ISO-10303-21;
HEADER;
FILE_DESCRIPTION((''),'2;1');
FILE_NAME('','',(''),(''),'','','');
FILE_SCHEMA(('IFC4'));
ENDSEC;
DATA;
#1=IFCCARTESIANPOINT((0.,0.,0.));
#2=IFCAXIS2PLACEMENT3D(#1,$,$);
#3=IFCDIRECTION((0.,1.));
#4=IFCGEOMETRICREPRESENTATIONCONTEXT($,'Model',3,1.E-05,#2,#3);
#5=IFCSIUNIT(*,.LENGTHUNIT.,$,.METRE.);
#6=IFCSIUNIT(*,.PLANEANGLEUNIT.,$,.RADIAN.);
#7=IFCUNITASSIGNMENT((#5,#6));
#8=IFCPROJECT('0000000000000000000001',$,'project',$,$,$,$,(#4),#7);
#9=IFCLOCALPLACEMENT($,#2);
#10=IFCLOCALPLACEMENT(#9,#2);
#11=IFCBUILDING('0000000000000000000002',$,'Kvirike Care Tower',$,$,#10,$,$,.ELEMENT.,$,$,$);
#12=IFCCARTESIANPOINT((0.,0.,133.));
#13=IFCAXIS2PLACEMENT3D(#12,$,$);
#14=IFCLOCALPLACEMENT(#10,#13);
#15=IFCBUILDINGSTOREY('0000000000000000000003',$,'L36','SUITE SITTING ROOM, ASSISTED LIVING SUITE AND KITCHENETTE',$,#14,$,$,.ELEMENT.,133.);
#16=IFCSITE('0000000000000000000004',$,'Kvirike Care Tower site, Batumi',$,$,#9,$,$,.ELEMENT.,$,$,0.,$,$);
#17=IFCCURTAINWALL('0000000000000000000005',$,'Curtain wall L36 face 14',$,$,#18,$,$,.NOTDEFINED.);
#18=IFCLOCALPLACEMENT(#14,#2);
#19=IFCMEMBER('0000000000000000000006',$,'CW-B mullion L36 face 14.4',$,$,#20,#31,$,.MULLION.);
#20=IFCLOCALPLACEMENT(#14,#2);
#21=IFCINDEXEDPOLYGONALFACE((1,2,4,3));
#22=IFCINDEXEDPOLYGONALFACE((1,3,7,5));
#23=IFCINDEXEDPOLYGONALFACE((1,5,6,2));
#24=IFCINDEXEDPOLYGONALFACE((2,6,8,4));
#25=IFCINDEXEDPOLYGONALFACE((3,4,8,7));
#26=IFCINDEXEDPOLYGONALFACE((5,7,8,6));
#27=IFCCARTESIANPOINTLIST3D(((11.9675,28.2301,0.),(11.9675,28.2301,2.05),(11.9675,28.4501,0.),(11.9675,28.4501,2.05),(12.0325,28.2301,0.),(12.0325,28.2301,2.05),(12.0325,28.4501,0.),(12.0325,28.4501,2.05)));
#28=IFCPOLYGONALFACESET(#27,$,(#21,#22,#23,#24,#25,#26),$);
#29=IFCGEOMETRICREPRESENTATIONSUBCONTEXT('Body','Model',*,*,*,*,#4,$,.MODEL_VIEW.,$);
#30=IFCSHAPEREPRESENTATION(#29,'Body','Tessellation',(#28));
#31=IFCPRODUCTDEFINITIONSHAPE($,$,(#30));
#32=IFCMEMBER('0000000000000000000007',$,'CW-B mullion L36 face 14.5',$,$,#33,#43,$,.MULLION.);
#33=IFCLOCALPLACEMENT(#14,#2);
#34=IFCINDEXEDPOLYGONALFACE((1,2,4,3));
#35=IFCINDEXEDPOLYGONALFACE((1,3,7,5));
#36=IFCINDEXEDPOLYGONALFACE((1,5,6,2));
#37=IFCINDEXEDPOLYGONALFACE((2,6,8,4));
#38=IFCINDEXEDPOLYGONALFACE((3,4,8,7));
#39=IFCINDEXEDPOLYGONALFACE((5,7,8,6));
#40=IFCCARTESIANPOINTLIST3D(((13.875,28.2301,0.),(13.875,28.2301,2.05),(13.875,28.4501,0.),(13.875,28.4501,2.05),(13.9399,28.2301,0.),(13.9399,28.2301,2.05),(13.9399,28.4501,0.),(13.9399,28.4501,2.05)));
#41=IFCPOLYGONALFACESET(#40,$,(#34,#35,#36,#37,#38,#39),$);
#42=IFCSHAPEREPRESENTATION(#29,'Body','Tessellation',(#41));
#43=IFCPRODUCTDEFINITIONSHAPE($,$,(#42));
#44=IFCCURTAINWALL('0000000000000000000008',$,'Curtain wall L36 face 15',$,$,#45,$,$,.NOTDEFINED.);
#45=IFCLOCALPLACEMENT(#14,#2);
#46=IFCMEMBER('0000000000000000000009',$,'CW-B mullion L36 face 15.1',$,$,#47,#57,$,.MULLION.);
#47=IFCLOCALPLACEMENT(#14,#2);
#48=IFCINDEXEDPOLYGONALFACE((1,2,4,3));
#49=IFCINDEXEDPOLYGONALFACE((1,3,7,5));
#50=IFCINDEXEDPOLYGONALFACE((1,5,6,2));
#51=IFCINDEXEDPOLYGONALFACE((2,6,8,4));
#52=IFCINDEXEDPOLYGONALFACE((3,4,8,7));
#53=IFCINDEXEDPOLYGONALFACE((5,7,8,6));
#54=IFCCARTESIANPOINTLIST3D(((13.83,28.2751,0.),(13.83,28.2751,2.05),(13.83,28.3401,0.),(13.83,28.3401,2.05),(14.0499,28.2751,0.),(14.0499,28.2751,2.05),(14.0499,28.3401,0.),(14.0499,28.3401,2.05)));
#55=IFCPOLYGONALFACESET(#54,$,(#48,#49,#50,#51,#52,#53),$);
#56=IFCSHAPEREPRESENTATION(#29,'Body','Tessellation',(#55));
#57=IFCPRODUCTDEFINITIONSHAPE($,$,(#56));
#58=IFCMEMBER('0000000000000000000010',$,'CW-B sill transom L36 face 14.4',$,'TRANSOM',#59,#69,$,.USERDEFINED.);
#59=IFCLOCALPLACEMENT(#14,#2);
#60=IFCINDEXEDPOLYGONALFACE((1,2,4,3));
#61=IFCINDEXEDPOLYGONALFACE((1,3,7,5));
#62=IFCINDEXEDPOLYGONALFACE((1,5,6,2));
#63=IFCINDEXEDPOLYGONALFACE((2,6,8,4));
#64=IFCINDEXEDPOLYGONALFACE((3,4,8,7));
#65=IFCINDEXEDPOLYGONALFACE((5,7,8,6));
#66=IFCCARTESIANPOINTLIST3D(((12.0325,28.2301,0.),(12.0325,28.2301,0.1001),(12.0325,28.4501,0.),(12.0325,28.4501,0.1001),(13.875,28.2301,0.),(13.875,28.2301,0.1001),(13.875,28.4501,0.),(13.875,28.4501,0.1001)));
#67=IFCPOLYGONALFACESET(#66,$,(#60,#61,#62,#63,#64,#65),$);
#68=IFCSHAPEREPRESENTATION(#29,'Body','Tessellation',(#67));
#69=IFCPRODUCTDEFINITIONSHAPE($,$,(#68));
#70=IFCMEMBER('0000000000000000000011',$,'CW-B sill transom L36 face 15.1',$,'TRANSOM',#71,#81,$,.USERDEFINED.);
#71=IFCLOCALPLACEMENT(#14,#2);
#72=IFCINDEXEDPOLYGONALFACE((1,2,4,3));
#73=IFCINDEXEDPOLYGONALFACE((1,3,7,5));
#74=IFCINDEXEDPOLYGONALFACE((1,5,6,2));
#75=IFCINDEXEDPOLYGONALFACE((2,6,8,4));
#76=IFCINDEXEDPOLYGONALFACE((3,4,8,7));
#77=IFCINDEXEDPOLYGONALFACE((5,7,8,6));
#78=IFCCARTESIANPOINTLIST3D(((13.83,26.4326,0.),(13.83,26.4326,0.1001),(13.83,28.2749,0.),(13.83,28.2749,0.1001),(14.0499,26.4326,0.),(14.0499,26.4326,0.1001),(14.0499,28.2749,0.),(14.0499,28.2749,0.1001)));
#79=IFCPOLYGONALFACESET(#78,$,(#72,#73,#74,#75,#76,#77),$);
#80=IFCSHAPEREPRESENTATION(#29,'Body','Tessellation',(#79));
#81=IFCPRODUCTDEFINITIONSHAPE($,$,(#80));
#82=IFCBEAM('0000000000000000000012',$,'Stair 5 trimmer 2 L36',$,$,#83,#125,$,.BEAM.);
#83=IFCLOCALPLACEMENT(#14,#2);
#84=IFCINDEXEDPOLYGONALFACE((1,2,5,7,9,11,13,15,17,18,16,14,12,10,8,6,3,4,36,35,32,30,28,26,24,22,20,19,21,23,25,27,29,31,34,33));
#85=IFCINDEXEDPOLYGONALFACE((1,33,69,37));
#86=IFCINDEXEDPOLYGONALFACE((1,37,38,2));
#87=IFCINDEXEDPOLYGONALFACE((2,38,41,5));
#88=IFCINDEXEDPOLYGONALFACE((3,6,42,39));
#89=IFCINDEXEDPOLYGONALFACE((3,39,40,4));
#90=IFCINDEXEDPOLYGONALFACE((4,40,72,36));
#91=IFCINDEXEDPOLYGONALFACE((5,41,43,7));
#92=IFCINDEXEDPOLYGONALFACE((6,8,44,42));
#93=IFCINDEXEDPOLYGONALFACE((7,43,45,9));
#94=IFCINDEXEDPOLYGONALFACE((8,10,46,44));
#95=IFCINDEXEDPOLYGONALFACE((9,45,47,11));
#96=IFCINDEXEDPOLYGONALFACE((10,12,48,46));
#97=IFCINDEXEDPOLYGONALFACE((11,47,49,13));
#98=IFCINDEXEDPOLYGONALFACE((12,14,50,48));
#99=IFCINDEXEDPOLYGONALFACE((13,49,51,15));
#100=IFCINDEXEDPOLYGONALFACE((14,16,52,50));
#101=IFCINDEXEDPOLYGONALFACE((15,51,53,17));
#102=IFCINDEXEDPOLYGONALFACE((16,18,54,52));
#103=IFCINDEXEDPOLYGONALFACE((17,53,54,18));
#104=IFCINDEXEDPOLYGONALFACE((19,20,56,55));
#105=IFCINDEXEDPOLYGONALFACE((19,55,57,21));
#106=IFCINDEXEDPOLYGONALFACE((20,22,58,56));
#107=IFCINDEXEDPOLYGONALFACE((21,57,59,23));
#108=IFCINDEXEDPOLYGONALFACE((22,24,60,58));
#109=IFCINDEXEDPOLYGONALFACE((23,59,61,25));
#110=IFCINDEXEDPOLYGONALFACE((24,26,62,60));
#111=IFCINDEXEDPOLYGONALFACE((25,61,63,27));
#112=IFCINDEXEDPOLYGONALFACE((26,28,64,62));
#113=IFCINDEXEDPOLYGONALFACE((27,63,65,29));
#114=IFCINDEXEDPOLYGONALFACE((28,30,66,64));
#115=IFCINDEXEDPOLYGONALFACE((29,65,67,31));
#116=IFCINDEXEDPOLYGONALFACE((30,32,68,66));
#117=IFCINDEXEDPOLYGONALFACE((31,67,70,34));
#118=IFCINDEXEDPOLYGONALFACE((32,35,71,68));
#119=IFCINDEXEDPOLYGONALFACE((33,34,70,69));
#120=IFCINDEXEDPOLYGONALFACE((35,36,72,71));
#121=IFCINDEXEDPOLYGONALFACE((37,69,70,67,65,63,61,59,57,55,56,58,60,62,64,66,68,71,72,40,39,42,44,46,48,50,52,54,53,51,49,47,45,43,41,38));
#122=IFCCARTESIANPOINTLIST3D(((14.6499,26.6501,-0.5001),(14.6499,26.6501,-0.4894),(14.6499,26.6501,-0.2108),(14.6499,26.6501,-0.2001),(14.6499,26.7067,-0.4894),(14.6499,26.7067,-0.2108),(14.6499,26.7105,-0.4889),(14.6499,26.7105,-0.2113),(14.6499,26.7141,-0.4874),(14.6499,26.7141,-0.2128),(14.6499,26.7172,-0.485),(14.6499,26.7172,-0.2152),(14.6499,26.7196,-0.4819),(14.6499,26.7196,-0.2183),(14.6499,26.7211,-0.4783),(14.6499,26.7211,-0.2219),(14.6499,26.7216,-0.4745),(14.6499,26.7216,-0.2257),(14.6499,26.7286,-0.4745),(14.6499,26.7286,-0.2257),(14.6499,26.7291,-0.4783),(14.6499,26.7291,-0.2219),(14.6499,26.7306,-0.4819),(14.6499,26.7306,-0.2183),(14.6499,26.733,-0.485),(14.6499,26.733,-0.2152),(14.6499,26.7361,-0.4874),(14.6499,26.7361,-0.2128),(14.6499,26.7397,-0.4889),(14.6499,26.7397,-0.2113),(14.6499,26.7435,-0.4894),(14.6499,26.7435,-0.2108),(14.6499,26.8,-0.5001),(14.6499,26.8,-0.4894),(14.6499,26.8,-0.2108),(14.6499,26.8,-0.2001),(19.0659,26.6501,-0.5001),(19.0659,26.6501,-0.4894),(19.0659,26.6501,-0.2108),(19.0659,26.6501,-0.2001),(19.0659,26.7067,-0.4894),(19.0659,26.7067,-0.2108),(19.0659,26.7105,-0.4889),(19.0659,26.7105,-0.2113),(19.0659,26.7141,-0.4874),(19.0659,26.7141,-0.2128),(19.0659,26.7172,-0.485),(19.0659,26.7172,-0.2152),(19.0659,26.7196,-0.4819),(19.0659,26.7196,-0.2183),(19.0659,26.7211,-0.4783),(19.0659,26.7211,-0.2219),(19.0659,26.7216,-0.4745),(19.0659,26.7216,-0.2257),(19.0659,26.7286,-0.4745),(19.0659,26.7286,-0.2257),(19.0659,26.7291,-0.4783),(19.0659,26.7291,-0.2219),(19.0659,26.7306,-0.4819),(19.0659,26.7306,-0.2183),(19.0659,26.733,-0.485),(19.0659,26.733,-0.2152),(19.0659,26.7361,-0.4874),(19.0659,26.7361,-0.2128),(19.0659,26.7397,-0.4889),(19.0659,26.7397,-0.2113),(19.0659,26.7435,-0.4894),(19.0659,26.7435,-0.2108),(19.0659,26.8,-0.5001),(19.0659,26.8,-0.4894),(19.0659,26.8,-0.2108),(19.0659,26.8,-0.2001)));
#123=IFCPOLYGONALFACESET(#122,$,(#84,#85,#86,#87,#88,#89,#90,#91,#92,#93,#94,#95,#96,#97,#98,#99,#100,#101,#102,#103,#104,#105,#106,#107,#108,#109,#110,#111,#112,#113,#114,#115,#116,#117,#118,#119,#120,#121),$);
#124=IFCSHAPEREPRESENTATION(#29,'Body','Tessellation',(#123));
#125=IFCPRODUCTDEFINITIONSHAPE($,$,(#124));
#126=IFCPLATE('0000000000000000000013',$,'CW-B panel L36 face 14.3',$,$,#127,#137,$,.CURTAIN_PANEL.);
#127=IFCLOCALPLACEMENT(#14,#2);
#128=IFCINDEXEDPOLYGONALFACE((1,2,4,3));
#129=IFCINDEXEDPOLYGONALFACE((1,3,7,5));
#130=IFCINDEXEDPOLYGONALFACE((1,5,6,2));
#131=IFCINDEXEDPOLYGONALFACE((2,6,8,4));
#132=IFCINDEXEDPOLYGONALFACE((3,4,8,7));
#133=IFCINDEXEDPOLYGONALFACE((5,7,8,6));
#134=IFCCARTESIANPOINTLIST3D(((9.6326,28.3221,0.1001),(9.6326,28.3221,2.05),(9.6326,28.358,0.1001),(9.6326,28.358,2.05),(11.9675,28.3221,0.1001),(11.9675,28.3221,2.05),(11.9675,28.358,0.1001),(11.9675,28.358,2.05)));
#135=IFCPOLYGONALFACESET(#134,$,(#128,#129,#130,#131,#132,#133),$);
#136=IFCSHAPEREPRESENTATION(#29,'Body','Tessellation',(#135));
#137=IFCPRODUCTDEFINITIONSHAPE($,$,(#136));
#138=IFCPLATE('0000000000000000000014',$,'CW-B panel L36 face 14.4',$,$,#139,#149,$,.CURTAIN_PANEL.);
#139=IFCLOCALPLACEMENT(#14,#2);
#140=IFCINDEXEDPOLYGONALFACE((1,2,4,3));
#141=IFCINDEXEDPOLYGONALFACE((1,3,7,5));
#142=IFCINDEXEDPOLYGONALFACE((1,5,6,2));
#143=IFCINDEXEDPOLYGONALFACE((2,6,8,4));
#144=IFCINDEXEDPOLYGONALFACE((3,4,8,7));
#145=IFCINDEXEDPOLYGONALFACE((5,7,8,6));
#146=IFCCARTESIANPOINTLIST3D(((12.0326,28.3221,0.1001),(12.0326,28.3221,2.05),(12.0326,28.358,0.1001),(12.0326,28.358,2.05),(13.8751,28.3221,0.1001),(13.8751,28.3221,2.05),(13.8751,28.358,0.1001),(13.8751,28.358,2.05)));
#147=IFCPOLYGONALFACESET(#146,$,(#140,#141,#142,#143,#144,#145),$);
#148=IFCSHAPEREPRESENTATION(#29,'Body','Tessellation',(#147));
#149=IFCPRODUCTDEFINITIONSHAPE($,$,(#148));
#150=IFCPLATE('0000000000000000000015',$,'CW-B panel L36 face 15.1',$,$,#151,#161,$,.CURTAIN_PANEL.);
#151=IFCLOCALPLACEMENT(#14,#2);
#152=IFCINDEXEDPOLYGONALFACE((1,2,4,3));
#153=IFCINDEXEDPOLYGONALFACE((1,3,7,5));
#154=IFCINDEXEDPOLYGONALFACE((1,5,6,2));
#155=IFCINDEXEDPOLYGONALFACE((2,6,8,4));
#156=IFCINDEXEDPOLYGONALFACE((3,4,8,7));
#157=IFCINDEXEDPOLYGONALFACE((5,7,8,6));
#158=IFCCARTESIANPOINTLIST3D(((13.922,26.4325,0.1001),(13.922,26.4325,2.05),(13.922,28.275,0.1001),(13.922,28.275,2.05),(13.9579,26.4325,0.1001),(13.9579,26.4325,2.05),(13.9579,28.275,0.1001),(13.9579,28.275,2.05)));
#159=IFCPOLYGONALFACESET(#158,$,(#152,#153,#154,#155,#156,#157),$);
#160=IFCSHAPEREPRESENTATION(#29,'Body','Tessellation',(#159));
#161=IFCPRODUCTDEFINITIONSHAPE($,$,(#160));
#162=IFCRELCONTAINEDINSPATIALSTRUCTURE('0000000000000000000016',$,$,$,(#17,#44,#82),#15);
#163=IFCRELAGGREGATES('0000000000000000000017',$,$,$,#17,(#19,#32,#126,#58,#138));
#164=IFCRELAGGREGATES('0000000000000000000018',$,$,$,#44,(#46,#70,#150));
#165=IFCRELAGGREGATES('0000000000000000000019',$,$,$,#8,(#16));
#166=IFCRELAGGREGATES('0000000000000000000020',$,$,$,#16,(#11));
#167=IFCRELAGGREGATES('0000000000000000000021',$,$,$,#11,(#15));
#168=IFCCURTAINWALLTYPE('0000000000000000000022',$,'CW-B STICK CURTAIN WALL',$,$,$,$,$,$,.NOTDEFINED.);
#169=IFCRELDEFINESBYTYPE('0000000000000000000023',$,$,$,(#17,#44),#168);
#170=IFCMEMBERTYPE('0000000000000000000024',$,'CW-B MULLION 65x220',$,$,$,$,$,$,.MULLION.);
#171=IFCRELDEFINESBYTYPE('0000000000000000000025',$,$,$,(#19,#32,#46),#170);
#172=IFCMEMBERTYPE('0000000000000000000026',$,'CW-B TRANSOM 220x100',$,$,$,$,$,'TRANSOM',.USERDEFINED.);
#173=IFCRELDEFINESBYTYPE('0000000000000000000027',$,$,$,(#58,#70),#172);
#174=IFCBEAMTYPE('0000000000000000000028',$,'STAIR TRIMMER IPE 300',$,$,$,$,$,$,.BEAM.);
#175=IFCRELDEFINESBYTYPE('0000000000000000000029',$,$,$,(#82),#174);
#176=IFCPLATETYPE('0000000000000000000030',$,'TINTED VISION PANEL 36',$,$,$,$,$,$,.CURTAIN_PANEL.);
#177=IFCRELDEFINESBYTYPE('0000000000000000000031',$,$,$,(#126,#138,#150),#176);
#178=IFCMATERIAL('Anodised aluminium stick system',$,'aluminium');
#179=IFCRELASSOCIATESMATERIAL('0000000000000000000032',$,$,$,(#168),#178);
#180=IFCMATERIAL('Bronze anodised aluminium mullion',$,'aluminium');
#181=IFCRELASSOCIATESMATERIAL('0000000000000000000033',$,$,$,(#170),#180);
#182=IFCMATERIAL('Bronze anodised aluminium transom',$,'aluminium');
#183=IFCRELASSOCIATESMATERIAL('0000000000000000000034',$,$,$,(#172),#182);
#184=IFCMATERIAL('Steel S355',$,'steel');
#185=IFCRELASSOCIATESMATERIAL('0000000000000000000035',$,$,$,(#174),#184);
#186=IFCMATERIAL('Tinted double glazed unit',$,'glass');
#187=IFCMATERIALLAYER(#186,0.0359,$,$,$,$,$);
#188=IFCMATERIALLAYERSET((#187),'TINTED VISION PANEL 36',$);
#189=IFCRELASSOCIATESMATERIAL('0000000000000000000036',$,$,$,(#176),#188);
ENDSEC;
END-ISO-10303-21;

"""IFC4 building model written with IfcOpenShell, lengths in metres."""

from ifc_helpers import new_model, si_unit, direction, frame, origin, origin_2d, place, context, subcontext, project, spatial, rectangle, i_section, extrude, material, layer, layer_set, material_profile, profile_set, type_object, element, aggregate, save


model = new_model("IFC4")

# Units and contexts
model_context = context("Model", 3, precision=1e-05, world=origin(), true_north=direction((0.0, 1.0)))
body_context = subcontext(model_context, "Body", "Model", "MODEL_VIEW")
ifc_project = project(units=[si_unit("LENGTHUNIT", "METRE"), si_unit("PLANEANGLEUNIT", "RADIAN")], contexts=[model_context])

# Site, building, storey
site_placement = place(None, origin())
site = spatial("IfcSite", under=ifc_project, at=site_placement, Name="Kvirike Care Tower site, Batumi", CompositionType="ELEMENT", RefElevation=0.0)
building_placement = place(site_placement, origin())
building = spatial("IfcBuilding", under=site, at=building_placement, Name="Kvirike Care Tower", CompositionType="ELEMENT")
storey_placement = place(building_placement, frame((0.0, 0.0, 133.0)))
storey = spatial("IfcBuildingStorey", under=building, at=storey_placement, Name="L36", Description="SUITE SITTING ROOM, ASSISTED LIVING SUITE AND KITCHENETTE", CompositionType="ELEMENT", Elevation=133.0)

# Curtain wall, members
ifc_material_1 = material(Name="Anodised aluminium stick system", Category="aluminium")
curtain_wall_type = type_object("IfcCurtainWallType", Name="CW-B STICK CURTAIN WALL", PredefinedType="NOTDEFINED", material=ifc_material_1)
curtain_wall_1_placement = place(storey_placement, origin())
curtain_wall_1 = element("IfcCurtainWall", 1, at=curtain_wall_1_placement, inside=storey, type_object=curtain_wall_type, Name="Curtain wall L36 face 14", PredefinedType="NOTDEFINED")
ifc_material_2 = material(Name="Bronze anodised aluminium mullion", Category="aluminium")
ifc_material_profile_1 = material_profile(ifc_material_2, rectangle(XDim=0.0649, YDim=0.22, at=origin_2d()), Name="CW-B MULLION 65x220")
ifc_profile_set_1 = profile_set([ifc_material_profile_1], Name="Bronze anodised aluminium mullion")
member_type_1 = type_object("IfcMemberType", Name="CW-B MULLION 65x220", PredefinedType="MULLION", material=ifc_profile_set_1)
member_1_placement = place(storey_placement, frame((12.0, 28.3401, 0.0), z_axis=(0.0, 0.0, 1.0), x_axis=(1.0, 0.0, 0.0)))
member_1 = element("IfcMember", 2, at=member_1_placement, type_object=member_type_1, Name="CW-B mullion L36 face 14.4", PredefinedType="MULLION", context=body_context, shape_type="SweptSolid", body=[
    extrude(rectangle(XDim=0.0649, YDim=0.22, at=origin_2d()), origin(), (0.0, 0.0, 1.0), 2.05),
])
member_2_placement = place(storey_placement, frame((13.9075, 28.3401, 0.0), z_axis=(0.0, 0.0, 1.0), x_axis=(1.0, 0.0, 0.0)))
member_2 = element("IfcMember", 3, at=member_2_placement, type_object=member_type_1, Name="CW-B mullion L36 face 14.5", PredefinedType="MULLION", context=body_context, shape_type="SweptSolid", body=[
    extrude(rectangle(XDim=0.0649, YDim=0.22, at=origin_2d()), origin(), (0.0, 0.0, 1.0), 2.05),
])

# Curtain wall, member
curtain_wall_2_placement = place(storey_placement, origin())
curtain_wall_2 = element("IfcCurtainWall", 4, at=curtain_wall_2_placement, inside=storey, type_object=curtain_wall_type, Name="Curtain wall L36 face 15", PredefinedType="NOTDEFINED")
member_3_placement = place(storey_placement, frame((13.9399, 28.3076, 0.0), z_axis=(0.0, 0.0, 1.0), x_axis=(0.0, -1.0, 0.0)))
member_3 = element("IfcMember", 5, at=member_3_placement, type_object=member_type_1, Name="CW-B mullion L36 face 15.1", PredefinedType="MULLION", context=body_context, shape_type="SweptSolid", body=[
    extrude(rectangle(XDim=0.0649, YDim=0.22, at=origin_2d()), origin(), (0.0, 0.0, 1.0), 2.05),
])

# Members
ifc_material_3 = material(Name="Bronze anodised aluminium transom", Category="aluminium")
ifc_material_profile_2 = material_profile(ifc_material_3, rectangle(XDim=0.22, YDim=0.1001, at=origin_2d()), Name="CW-B TRANSOM 220x100")
ifc_profile_set_2 = profile_set([ifc_material_profile_2], Name="Bronze anodised aluminium transom")
member_type_2 = type_object("IfcMemberType", Name="CW-B TRANSOM 220x100", ElementType="TRANSOM", PredefinedType="USERDEFINED", material=ifc_profile_set_2)
member_4_placement = place(storey_placement, frame((12.0325, 28.3401, 0.05), z_axis=(1.0, 0.0, 0.0), x_axis=(0.0, 1.0, 0.0)))
member_4 = element("IfcMember", 6, at=member_4_placement, type_object=member_type_2, Name="CW-B sill transom L36 face 14.4", ObjectType="TRANSOM", PredefinedType="USERDEFINED", context=body_context, shape_type="SweptSolid", body=[
    extrude(rectangle(XDim=0.22, YDim=0.1001, at=origin_2d()), origin(), (0.0, 0.0, 1.0), 1.8425),
])
member_5_placement = place(storey_placement, frame((13.9399, 28.2749, 0.05), z_axis=(0.0, -1.0, 0.0), x_axis=(1.0, 0.0, 0.0)))
member_5 = element("IfcMember", 7, at=member_5_placement, type_object=member_type_2, Name="CW-B sill transom L36 face 15.1", ObjectType="TRANSOM", PredefinedType="USERDEFINED", context=body_context, shape_type="SweptSolid", body=[
    extrude(rectangle(XDim=0.22, YDim=0.1001, at=origin_2d()), origin(), (0.0, 0.0, 1.0), 1.8423),
])

# Beam
ifc_material_4 = material(Name="Steel S355", Category="steel")
ifc_material_profile_3 = material_profile(ifc_material_4, i_section(OverallWidth=0.1499, OverallDepth=0.3, WebThickness=0.0071, FlangeThickness=0.0107, FilletRadius=0.0149, at=origin_2d()), Name="IPE 300")
ifc_profile_set_3 = profile_set([ifc_material_profile_3], Name="Steel S355")
beam_type = type_object("IfcBeamType", Name="STAIR TRIMMER IPE 300", PredefinedType="BEAM", material=ifc_profile_set_3)
beam_placement = place(storey_placement, frame((14.6499, 26.7251, -0.3501), z_axis=(1.0, 0.0, 0.0), x_axis=(0.0, 1.0, 0.0)))
element("IfcBeam", 8, at=beam_placement, inside=storey, type_object=beam_type, Name="Stair 5 trimmer 2 L36", PredefinedType="BEAM", context=body_context, shape_type="SweptSolid", body=[
    extrude(i_section(OverallWidth=0.1499, OverallDepth=0.3, WebThickness=0.0071, FlangeThickness=0.0107, FilletRadius=0.0149, at=origin_2d()), origin(), (0.0, 0.0, 1.0), 4.416),
])

# Plates
ifc_material_5 = material(Name="Tinted double glazed unit", Category="glass")
ifc_layer_1 = layer(ifc_material_5, 0.0359)
ifc_layer_set_1 = layer_set([ifc_layer_1], Name="TINTED VISION PANEL 36")
plate_type = type_object("IfcPlateType", Name="TINTED VISION PANEL 36", PredefinedType="CURTAIN_PANEL", material=ifc_layer_set_1)
plate_1_placement = place(storey_placement, frame((10.8, 28.3401, 0.1001), z_axis=(0.0, 0.0, 1.0), x_axis=(1.0, 0.0, 0.0)))
plate_1 = element("IfcPlate", 9, at=plate_1_placement, type_object=plate_type, Name="CW-B panel L36 face 14.3", PredefinedType="CURTAIN_PANEL", context=body_context, shape_type="SweptSolid", body=[
    extrude(rectangle(XDim=2.335, YDim=0.0359, at=origin_2d()), origin(), (0.0, 0.0, 1.0), 1.95),
])
plate_2_placement = place(storey_placement, frame((12.9539, 28.3401, 0.1001), z_axis=(0.0, 0.0, 1.0), x_axis=(1.0, 0.0, 0.0)))
plate_2 = element("IfcPlate", 10, at=plate_2_placement, type_object=plate_type, Name="CW-B panel L36 face 14.4", PredefinedType="CURTAIN_PANEL", context=body_context, shape_type="SweptSolid", body=[
    extrude(rectangle(XDim=1.8425, YDim=0.0359, at=origin_2d()), origin(), (0.0, 0.0, 1.0), 1.95),
])
aggregate(curtain_wall_1, [member_1, member_2, plate_1, member_4, plate_2])
plate_3_placement = place(storey_placement, frame((13.9399, 27.3538, 0.1001), z_axis=(0.0, 0.0, 1.0), x_axis=(0.0, -1.0, 0.0)))
plate_3 = element("IfcPlate", 11, at=plate_3_placement, type_object=plate_type, Name="CW-B panel L36 face 15.1", PredefinedType="CURTAIN_PANEL", context=body_context, shape_type="SweptSolid", body=[
    extrude(rectangle(XDim=1.8425, YDim=0.0359, at=origin_2d()), origin(), (0.0, 0.0, 1.0), 1.95),
])
aggregate(curtain_wall_2, [member_3, member_5, plate_3])

save(model, "model.ifc")
